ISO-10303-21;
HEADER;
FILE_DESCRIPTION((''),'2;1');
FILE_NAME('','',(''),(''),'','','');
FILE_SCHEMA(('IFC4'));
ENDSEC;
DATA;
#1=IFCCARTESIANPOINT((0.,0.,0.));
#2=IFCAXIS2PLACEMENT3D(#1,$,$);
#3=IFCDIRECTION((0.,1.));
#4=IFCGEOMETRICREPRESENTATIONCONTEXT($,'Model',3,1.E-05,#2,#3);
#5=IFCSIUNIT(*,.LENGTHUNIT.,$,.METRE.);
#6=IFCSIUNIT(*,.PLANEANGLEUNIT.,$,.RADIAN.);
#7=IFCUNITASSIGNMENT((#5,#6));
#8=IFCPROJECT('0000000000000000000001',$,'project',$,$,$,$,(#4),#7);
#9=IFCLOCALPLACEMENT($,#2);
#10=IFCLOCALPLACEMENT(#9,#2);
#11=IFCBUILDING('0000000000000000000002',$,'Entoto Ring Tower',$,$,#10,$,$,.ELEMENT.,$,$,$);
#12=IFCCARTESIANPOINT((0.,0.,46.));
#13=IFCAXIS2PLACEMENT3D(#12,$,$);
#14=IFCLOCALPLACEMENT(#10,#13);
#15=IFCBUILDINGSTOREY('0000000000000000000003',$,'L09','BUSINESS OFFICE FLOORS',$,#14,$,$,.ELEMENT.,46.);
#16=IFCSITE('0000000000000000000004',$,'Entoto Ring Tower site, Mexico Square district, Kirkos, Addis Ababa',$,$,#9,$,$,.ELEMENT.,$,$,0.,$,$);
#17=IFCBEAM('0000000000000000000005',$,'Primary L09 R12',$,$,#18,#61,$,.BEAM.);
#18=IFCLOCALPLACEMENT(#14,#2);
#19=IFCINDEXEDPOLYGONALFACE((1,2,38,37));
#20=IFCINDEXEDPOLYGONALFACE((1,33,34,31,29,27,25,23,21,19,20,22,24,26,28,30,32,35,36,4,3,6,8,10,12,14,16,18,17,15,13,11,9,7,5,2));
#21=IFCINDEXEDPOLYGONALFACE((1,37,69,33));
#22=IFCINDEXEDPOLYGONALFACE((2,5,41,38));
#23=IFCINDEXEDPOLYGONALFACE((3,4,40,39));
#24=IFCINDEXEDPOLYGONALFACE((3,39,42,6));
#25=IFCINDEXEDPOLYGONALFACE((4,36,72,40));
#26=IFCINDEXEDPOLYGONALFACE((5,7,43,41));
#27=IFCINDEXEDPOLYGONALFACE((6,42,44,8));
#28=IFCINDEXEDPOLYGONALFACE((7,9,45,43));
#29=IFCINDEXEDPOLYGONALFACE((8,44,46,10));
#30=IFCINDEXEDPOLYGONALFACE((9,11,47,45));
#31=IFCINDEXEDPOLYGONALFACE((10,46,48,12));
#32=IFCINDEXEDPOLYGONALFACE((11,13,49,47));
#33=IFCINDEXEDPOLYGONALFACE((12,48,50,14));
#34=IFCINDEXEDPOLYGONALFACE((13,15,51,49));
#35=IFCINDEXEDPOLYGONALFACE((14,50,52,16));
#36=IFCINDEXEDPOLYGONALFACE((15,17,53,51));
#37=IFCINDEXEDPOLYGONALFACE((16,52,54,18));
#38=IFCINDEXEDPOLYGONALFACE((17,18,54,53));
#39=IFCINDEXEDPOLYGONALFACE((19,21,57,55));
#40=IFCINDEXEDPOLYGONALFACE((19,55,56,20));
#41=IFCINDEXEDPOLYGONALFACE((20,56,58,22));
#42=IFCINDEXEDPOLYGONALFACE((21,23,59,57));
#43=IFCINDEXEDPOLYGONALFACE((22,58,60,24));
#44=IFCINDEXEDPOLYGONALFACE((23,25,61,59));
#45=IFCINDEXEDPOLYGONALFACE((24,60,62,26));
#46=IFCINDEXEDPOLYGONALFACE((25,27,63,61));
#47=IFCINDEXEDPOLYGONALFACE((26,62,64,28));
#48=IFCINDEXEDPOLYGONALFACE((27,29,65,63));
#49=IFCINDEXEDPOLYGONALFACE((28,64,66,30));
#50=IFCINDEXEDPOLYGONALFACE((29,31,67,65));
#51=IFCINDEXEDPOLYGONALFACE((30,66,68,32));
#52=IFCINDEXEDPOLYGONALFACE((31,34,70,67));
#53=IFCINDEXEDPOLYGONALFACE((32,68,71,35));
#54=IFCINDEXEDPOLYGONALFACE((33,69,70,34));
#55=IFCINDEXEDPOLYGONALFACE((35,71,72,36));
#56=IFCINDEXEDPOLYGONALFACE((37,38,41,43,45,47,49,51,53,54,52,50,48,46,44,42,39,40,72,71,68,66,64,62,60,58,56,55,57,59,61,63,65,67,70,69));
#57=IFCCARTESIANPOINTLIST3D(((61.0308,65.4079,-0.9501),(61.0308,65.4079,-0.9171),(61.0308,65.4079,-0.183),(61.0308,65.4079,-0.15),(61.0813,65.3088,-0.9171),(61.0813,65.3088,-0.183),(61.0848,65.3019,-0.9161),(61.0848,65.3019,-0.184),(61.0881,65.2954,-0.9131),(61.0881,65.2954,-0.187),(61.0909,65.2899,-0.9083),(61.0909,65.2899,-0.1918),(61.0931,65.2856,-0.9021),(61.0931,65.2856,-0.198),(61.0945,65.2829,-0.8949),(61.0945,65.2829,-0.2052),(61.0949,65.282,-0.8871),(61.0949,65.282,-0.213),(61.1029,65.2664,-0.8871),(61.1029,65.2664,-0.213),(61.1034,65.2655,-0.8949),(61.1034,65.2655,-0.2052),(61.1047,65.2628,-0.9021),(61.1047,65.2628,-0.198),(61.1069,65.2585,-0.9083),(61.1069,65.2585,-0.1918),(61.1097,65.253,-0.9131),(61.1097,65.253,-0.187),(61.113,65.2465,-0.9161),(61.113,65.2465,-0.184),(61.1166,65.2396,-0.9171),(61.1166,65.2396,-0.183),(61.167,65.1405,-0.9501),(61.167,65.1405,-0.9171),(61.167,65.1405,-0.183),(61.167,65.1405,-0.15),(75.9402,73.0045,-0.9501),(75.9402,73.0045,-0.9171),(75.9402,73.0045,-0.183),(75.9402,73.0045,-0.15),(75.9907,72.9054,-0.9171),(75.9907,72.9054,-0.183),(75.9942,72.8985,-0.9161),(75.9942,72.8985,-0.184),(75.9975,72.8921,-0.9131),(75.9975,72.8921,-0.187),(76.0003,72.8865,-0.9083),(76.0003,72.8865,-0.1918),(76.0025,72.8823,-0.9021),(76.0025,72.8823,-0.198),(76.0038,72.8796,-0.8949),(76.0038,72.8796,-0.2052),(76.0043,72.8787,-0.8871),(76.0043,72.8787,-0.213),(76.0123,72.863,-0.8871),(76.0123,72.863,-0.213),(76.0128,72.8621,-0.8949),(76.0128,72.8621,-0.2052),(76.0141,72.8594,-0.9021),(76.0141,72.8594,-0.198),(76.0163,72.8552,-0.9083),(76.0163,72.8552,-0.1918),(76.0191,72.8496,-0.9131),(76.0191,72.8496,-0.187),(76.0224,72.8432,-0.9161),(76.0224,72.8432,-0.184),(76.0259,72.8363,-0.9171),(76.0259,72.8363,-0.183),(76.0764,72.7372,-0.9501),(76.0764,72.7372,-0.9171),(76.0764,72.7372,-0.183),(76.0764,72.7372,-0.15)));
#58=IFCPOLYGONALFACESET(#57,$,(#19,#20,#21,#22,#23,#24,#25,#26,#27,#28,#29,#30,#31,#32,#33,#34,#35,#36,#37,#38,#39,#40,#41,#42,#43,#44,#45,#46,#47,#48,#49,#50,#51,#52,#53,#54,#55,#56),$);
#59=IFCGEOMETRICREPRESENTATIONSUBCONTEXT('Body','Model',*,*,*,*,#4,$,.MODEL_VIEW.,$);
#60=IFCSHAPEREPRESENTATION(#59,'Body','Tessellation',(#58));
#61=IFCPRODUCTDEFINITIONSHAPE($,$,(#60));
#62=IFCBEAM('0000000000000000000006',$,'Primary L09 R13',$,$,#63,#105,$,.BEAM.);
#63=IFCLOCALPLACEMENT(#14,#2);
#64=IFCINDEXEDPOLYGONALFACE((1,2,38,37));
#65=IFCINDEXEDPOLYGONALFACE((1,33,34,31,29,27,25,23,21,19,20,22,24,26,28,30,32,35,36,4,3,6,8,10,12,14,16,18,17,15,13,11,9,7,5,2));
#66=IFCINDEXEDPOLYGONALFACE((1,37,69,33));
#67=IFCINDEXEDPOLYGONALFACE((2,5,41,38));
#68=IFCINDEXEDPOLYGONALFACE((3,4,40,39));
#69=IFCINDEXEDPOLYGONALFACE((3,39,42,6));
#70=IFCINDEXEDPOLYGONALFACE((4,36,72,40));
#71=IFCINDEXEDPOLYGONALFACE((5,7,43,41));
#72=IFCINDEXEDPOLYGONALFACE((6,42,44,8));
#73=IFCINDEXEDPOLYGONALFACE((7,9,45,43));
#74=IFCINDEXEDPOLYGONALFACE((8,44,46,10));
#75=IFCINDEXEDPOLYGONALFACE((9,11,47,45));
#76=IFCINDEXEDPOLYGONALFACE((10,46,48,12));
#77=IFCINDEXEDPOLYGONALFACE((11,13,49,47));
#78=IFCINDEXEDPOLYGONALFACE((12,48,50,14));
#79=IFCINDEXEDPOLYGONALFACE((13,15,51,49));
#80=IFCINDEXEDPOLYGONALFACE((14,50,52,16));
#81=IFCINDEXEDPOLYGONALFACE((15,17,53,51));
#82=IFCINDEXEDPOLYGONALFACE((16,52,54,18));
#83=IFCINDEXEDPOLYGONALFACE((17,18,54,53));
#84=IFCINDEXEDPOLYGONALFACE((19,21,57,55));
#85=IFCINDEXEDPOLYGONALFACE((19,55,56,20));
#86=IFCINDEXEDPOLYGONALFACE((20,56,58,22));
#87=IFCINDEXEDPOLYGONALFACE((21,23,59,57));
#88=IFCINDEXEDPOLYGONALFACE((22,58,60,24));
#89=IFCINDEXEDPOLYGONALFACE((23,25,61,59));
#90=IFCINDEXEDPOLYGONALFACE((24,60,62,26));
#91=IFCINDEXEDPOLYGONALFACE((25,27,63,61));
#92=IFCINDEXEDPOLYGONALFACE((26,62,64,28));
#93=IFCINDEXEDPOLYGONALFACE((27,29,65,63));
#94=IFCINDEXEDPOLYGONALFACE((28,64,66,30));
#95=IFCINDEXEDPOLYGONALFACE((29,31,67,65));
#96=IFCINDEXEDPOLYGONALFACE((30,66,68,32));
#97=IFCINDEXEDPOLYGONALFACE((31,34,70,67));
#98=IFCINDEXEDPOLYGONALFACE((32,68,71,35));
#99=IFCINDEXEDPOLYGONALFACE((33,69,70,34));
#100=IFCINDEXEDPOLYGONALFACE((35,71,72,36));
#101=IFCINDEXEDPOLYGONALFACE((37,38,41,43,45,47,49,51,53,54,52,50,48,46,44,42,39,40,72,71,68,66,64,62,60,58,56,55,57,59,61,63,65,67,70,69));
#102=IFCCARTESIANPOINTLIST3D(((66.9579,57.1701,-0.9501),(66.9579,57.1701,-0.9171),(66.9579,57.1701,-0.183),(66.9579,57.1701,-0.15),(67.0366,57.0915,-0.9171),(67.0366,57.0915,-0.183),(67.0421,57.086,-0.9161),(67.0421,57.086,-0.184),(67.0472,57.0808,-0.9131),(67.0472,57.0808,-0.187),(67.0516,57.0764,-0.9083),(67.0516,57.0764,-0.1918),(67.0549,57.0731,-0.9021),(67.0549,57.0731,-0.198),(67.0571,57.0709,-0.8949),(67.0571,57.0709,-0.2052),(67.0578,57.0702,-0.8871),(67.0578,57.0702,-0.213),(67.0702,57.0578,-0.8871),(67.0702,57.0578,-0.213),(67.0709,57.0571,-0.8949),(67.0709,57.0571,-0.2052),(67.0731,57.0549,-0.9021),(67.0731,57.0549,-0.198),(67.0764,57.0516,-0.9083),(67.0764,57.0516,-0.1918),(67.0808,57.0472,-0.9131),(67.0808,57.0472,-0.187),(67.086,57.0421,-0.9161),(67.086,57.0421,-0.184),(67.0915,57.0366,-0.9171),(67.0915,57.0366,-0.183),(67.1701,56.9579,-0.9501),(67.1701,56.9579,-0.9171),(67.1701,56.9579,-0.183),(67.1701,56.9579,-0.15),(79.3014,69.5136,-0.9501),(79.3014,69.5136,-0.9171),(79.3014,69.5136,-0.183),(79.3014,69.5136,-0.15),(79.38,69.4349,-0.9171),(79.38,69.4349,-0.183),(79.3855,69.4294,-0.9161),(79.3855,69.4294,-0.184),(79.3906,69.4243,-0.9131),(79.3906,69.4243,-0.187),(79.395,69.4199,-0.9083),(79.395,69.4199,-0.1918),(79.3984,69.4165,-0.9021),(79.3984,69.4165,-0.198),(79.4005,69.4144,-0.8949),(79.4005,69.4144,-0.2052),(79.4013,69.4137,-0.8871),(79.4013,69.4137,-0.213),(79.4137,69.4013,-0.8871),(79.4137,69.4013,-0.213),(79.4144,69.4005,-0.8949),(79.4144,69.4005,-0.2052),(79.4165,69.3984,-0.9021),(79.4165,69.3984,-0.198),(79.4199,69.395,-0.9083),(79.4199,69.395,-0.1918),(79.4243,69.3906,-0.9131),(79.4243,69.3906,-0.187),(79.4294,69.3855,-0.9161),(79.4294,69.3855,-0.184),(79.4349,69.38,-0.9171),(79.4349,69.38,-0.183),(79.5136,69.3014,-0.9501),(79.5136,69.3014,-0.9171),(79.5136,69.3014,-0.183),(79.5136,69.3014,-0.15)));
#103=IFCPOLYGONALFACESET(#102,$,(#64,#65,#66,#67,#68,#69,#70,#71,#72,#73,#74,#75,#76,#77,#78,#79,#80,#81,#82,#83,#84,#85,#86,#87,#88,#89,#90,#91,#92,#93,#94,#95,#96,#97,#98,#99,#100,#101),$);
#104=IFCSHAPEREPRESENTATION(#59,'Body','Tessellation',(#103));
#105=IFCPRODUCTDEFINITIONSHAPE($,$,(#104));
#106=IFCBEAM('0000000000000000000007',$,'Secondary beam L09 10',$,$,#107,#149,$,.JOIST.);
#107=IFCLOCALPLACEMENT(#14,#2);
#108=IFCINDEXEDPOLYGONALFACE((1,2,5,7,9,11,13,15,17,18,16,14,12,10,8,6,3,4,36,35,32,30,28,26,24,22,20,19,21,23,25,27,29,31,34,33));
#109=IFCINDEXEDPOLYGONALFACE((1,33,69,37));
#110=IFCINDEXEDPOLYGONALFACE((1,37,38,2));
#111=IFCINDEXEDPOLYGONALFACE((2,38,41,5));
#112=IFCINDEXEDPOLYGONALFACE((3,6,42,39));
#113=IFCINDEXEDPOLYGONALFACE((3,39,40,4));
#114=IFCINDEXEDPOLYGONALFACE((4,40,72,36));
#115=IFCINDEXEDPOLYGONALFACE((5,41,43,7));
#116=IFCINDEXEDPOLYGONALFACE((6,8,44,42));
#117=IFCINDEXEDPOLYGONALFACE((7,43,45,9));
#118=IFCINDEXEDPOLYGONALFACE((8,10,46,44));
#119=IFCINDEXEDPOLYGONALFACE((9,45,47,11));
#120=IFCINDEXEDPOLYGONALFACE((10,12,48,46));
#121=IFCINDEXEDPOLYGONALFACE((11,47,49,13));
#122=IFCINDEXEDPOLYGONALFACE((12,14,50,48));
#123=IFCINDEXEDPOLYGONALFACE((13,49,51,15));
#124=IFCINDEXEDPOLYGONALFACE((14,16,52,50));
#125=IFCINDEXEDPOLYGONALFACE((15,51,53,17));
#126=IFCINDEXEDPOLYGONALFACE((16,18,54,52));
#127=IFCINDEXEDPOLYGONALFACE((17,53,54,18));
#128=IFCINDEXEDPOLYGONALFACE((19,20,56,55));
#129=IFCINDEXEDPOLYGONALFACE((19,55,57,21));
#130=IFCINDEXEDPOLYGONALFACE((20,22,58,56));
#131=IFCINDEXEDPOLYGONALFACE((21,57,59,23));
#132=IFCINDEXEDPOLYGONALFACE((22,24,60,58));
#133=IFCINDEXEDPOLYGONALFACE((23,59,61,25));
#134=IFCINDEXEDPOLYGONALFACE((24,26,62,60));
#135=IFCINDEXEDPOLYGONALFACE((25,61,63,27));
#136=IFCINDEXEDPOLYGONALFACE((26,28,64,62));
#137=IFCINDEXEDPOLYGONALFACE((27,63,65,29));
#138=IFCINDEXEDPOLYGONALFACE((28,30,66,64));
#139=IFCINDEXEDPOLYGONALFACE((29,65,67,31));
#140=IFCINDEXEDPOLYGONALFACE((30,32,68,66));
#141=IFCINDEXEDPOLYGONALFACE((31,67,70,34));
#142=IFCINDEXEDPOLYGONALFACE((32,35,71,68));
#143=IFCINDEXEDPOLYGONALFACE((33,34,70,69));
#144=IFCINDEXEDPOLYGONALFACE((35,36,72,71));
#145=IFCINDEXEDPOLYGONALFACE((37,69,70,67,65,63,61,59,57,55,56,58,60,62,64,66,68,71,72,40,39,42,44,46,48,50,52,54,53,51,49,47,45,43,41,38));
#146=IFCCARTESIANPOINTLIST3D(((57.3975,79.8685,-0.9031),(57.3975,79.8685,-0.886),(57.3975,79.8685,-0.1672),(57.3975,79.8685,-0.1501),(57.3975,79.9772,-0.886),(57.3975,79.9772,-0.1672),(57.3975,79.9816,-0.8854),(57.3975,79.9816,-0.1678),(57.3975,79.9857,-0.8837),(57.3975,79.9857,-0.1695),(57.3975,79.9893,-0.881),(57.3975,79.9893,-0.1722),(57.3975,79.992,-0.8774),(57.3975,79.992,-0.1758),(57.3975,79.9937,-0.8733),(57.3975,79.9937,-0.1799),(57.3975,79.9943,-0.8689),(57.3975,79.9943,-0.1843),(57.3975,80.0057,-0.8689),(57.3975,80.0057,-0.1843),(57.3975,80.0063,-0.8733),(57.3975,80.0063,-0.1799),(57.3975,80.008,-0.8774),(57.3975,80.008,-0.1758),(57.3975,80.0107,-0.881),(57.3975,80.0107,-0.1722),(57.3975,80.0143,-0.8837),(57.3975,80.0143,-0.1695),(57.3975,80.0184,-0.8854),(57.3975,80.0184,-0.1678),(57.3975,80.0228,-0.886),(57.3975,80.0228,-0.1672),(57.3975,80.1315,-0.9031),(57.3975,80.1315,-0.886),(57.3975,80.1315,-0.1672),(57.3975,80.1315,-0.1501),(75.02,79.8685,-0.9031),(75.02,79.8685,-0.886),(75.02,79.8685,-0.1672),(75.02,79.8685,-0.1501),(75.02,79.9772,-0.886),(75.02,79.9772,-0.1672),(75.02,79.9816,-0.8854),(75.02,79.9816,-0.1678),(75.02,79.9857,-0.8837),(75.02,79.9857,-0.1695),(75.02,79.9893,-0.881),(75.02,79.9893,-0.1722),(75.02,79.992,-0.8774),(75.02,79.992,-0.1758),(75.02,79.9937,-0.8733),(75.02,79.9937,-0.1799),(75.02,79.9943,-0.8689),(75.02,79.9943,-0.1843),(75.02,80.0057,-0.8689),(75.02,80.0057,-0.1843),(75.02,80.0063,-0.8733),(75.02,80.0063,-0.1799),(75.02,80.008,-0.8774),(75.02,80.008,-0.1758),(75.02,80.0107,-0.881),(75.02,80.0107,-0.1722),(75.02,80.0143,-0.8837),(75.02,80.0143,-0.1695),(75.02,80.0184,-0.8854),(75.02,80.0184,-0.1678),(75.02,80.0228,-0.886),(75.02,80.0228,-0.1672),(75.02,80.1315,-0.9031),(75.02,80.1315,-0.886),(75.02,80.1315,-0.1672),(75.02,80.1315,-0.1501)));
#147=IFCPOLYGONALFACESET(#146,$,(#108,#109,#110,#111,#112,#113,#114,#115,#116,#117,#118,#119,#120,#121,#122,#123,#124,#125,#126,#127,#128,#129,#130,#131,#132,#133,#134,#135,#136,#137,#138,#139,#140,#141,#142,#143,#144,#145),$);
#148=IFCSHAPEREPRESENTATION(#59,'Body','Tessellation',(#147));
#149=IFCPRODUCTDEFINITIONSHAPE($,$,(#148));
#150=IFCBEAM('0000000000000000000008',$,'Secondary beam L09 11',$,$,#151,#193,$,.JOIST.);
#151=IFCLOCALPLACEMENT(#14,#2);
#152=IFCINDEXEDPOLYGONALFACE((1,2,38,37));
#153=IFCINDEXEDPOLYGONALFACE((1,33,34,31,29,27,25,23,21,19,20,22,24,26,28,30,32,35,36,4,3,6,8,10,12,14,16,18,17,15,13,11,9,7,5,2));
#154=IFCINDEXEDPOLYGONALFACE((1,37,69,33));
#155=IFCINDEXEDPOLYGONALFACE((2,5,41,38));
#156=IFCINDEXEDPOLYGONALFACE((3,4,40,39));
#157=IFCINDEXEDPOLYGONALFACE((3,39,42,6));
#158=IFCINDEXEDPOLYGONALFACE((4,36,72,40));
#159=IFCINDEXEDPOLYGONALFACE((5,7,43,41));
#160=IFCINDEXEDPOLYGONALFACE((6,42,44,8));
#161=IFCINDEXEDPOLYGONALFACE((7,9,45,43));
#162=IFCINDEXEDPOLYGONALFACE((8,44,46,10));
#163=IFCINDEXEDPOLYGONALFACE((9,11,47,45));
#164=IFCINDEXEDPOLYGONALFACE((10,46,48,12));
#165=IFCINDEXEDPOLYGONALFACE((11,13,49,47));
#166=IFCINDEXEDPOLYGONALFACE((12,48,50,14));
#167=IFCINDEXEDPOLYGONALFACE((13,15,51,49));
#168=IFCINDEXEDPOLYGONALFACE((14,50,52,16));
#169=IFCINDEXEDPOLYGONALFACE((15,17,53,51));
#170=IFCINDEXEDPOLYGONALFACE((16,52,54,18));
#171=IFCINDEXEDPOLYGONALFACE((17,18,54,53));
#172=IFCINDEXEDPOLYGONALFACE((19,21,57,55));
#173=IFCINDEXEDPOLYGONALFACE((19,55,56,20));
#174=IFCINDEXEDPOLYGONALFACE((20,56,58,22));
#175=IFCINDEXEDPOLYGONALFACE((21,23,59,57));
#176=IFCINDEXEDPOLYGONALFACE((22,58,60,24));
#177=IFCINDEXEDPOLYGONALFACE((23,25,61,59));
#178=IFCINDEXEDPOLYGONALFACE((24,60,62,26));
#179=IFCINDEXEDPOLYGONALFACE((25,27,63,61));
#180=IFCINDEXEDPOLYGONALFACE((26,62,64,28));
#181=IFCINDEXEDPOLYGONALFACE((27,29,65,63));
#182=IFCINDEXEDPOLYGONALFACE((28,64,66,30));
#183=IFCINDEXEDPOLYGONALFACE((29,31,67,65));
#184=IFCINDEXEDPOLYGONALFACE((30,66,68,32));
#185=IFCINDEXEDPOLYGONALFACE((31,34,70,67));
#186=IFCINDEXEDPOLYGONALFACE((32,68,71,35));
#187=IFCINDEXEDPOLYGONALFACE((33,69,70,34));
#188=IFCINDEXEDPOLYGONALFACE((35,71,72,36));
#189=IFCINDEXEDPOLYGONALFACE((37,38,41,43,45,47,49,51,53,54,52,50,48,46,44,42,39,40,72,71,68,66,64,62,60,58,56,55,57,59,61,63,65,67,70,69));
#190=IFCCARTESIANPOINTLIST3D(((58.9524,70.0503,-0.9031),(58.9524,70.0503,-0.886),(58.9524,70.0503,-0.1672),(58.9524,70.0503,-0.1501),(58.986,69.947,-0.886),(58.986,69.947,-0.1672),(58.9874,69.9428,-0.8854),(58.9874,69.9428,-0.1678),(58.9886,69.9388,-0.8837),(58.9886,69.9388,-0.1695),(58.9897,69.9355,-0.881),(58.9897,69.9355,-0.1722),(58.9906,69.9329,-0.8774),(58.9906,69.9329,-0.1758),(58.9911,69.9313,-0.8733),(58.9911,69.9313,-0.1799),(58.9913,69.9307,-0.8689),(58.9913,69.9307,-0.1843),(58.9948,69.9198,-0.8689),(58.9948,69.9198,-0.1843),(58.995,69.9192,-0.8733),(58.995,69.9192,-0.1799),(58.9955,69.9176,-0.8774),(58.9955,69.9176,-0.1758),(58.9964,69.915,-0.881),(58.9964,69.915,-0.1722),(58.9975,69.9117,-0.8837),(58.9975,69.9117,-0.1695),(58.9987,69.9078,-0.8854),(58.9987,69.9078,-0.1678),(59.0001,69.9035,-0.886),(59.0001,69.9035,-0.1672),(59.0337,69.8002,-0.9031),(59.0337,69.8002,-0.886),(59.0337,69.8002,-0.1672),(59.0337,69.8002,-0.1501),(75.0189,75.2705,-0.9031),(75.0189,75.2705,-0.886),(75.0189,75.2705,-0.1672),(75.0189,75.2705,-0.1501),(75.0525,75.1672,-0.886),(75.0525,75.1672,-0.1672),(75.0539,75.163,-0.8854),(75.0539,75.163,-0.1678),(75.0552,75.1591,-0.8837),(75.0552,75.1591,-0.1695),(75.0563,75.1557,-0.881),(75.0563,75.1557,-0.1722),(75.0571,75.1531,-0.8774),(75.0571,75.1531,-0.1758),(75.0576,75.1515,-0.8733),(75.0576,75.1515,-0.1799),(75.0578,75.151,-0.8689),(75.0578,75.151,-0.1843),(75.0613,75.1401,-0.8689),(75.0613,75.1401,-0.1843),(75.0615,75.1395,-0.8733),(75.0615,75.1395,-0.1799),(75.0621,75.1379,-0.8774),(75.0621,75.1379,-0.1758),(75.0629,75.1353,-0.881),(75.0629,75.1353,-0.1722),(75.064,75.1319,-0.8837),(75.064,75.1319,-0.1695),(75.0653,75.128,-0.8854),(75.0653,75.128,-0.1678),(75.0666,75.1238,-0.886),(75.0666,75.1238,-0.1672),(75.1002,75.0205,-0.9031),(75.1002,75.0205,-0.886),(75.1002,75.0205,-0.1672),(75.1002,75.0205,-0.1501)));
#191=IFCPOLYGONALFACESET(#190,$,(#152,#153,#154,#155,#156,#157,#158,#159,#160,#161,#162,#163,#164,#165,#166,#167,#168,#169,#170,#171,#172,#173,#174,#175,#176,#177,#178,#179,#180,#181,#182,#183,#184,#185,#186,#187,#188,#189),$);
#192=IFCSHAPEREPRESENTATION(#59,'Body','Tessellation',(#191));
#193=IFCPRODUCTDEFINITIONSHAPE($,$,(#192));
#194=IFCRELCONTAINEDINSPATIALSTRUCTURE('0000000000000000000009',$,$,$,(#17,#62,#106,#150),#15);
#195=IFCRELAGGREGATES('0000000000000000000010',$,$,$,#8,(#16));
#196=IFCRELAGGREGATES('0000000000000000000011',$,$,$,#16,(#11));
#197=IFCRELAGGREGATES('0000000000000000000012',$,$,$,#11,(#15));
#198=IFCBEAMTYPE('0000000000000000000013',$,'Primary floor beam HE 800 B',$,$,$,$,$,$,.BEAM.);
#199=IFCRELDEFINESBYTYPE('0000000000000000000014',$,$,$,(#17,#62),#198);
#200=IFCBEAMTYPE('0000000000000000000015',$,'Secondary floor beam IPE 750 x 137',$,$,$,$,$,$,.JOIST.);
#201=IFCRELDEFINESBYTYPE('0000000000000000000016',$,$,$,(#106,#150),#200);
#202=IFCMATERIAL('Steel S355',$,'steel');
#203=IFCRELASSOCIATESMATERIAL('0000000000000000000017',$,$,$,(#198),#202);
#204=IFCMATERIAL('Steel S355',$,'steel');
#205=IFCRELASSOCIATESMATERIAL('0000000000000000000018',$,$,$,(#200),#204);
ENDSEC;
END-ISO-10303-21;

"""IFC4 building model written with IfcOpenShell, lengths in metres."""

from ifc_helpers import new_model, si_unit, direction, frame, origin, origin_2d, place, context, subcontext, project, spatial, i_section, extrude, material, material_profile, profile_set, type_object, element, save


model = new_model("IFC4")

# Units and contexts
model_context = context("Model", 3, precision=1e-05, world=origin(), true_north=direction((0.0, 1.0)))
body_context = subcontext(model_context, "Body", "Model", "MODEL_VIEW")
ifc_project = project(units=[si_unit("LENGTHUNIT", "METRE"), si_unit("PLANEANGLEUNIT", "RADIAN")], contexts=[model_context])

# Site, building, storey
site_placement = place(None, origin())
site = spatial("IfcSite", under=ifc_project, at=site_placement, Name="Entoto Ring Tower site, Mexico Square district, Kirkos, Addis Ababa", CompositionType="ELEMENT", RefElevation=0.0)
building_placement = place(site_placement, origin())
building = spatial("IfcBuilding", under=site, at=building_placement, Name="Entoto Ring Tower", CompositionType="ELEMENT")
storey_placement = place(building_placement, frame((0.0, 0.0, 46.0)))
storey = spatial("IfcBuildingStorey", under=building, at=storey_placement, Name="L09", Description="BUSINESS OFFICE FLOORS", CompositionType="ELEMENT", Elevation=46.0)

# Beams
ifc_material_1 = material(Name="Steel S355", Category="steel")
ifc_material_profile_1 = material_profile(ifc_material_1, i_section(OverallWidth=0.3, OverallDepth=0.8, WebThickness=0.0176, FlangeThickness=0.033, FilletRadius=0.03, at=origin_2d()), Name="HE 800 B")
ifc_profile_set_1 = profile_set([ifc_material_profile_1], Name="Steel S355")
beam_type_1 = type_object("IfcBeamType", Name="Primary floor beam HE 800 B", PredefinedType="BEAM", material=ifc_profile_set_1)
beam_1_placement = place(storey_placement, frame((76.0083, 72.8708, -0.55), z_axis=(-0.891008, -0.453988, 0.0), x_axis=(0.453988, -0.891008, 0.0)))
element("IfcBeam", 1, at=beam_1_placement, inside=storey, type_object=beam_type_1, Name="Primary L09 R12", PredefinedType="BEAM", context=body_context, shape_type="SweptSolid", body=[
    extrude(i_section(OverallWidth=0.3, OverallDepth=0.8, WebThickness=0.0176, FlangeThickness=0.033, FilletRadius=0.03, at=origin_2d()), origin(), (0.0, 0.0, 1.0), 16.7332),
])
beam_2_placement = place(storey_placement, frame((79.4075, 69.4075, -0.55), z_axis=(-0.707107, -0.707107, 0.0), x_axis=(0.707107, -0.707107, 0.0)))
element("IfcBeam", 2, at=beam_2_placement, inside=storey, type_object=beam_type_1, Name="Primary L09 R13", PredefinedType="BEAM", context=body_context, shape_type="SweptSolid", body=[
    extrude(i_section(OverallWidth=0.3, OverallDepth=0.8, WebThickness=0.0176, FlangeThickness=0.033, FilletRadius=0.03, at=origin_2d()), origin(), (0.0, 0.0, 1.0), 17.4563),
])
ifc_material_2 = material(Name="Steel S355", Category="steel")
ifc_material_profile_2 = material_profile(ifc_material_2, i_section(OverallWidth=0.2629, OverallDepth=0.7529, WebThickness=0.0115, FlangeThickness=0.0171, FilletRadius=0.0171, at=origin_2d()), Name="IPE 750 x 137")
ifc_profile_set_2 = profile_set([ifc_material_profile_2], Name="Steel S355")
beam_type_2 = type_object("IfcBeamType", Name="Secondary floor beam IPE 750 x 137", PredefinedType="JOIST", material=ifc_profile_set_2)
beam_3_placement = place(storey_placement, frame((75.02, 80.0, -0.5266), z_axis=(-1.0, 0.0, 0.0), x_axis=(0.0, -1.0, 0.0)))
element("IfcBeam", 3, at=beam_3_placement, inside=storey, type_object=beam_type_2, Name="Secondary beam L09 10", PredefinedType="JOIST", context=body_context, shape_type="SweptSolid", body=[
    extrude(i_section(OverallWidth=0.2629, OverallDepth=0.7529, WebThickness=0.0115, FlangeThickness=0.0171, FilletRadius=0.0171, at=origin_2d()), origin(), (0.0, 0.0, 1.0), 17.6226),
])
beam_4_placement = place(storey_placement, frame((75.0596, 75.1455, -0.5266), z_axis=(-0.951058, -0.309013, 0.0), x_axis=(0.309013, -0.951058, 0.0)))
element("IfcBeam", 4, at=beam_4_placement, inside=storey, type_object=beam_type_2, Name="Secondary beam L09 11", PredefinedType="JOIST", context=body_context, shape_type="SweptSolid", body=[
    extrude(i_section(OverallWidth=0.2629, OverallDepth=0.7529, WebThickness=0.0115, FlangeThickness=0.0171, FilletRadius=0.0171, at=origin_2d()), origin(), (0.0, 0.0, 1.0), 16.8933),
])

save(model, "model.ifc")
